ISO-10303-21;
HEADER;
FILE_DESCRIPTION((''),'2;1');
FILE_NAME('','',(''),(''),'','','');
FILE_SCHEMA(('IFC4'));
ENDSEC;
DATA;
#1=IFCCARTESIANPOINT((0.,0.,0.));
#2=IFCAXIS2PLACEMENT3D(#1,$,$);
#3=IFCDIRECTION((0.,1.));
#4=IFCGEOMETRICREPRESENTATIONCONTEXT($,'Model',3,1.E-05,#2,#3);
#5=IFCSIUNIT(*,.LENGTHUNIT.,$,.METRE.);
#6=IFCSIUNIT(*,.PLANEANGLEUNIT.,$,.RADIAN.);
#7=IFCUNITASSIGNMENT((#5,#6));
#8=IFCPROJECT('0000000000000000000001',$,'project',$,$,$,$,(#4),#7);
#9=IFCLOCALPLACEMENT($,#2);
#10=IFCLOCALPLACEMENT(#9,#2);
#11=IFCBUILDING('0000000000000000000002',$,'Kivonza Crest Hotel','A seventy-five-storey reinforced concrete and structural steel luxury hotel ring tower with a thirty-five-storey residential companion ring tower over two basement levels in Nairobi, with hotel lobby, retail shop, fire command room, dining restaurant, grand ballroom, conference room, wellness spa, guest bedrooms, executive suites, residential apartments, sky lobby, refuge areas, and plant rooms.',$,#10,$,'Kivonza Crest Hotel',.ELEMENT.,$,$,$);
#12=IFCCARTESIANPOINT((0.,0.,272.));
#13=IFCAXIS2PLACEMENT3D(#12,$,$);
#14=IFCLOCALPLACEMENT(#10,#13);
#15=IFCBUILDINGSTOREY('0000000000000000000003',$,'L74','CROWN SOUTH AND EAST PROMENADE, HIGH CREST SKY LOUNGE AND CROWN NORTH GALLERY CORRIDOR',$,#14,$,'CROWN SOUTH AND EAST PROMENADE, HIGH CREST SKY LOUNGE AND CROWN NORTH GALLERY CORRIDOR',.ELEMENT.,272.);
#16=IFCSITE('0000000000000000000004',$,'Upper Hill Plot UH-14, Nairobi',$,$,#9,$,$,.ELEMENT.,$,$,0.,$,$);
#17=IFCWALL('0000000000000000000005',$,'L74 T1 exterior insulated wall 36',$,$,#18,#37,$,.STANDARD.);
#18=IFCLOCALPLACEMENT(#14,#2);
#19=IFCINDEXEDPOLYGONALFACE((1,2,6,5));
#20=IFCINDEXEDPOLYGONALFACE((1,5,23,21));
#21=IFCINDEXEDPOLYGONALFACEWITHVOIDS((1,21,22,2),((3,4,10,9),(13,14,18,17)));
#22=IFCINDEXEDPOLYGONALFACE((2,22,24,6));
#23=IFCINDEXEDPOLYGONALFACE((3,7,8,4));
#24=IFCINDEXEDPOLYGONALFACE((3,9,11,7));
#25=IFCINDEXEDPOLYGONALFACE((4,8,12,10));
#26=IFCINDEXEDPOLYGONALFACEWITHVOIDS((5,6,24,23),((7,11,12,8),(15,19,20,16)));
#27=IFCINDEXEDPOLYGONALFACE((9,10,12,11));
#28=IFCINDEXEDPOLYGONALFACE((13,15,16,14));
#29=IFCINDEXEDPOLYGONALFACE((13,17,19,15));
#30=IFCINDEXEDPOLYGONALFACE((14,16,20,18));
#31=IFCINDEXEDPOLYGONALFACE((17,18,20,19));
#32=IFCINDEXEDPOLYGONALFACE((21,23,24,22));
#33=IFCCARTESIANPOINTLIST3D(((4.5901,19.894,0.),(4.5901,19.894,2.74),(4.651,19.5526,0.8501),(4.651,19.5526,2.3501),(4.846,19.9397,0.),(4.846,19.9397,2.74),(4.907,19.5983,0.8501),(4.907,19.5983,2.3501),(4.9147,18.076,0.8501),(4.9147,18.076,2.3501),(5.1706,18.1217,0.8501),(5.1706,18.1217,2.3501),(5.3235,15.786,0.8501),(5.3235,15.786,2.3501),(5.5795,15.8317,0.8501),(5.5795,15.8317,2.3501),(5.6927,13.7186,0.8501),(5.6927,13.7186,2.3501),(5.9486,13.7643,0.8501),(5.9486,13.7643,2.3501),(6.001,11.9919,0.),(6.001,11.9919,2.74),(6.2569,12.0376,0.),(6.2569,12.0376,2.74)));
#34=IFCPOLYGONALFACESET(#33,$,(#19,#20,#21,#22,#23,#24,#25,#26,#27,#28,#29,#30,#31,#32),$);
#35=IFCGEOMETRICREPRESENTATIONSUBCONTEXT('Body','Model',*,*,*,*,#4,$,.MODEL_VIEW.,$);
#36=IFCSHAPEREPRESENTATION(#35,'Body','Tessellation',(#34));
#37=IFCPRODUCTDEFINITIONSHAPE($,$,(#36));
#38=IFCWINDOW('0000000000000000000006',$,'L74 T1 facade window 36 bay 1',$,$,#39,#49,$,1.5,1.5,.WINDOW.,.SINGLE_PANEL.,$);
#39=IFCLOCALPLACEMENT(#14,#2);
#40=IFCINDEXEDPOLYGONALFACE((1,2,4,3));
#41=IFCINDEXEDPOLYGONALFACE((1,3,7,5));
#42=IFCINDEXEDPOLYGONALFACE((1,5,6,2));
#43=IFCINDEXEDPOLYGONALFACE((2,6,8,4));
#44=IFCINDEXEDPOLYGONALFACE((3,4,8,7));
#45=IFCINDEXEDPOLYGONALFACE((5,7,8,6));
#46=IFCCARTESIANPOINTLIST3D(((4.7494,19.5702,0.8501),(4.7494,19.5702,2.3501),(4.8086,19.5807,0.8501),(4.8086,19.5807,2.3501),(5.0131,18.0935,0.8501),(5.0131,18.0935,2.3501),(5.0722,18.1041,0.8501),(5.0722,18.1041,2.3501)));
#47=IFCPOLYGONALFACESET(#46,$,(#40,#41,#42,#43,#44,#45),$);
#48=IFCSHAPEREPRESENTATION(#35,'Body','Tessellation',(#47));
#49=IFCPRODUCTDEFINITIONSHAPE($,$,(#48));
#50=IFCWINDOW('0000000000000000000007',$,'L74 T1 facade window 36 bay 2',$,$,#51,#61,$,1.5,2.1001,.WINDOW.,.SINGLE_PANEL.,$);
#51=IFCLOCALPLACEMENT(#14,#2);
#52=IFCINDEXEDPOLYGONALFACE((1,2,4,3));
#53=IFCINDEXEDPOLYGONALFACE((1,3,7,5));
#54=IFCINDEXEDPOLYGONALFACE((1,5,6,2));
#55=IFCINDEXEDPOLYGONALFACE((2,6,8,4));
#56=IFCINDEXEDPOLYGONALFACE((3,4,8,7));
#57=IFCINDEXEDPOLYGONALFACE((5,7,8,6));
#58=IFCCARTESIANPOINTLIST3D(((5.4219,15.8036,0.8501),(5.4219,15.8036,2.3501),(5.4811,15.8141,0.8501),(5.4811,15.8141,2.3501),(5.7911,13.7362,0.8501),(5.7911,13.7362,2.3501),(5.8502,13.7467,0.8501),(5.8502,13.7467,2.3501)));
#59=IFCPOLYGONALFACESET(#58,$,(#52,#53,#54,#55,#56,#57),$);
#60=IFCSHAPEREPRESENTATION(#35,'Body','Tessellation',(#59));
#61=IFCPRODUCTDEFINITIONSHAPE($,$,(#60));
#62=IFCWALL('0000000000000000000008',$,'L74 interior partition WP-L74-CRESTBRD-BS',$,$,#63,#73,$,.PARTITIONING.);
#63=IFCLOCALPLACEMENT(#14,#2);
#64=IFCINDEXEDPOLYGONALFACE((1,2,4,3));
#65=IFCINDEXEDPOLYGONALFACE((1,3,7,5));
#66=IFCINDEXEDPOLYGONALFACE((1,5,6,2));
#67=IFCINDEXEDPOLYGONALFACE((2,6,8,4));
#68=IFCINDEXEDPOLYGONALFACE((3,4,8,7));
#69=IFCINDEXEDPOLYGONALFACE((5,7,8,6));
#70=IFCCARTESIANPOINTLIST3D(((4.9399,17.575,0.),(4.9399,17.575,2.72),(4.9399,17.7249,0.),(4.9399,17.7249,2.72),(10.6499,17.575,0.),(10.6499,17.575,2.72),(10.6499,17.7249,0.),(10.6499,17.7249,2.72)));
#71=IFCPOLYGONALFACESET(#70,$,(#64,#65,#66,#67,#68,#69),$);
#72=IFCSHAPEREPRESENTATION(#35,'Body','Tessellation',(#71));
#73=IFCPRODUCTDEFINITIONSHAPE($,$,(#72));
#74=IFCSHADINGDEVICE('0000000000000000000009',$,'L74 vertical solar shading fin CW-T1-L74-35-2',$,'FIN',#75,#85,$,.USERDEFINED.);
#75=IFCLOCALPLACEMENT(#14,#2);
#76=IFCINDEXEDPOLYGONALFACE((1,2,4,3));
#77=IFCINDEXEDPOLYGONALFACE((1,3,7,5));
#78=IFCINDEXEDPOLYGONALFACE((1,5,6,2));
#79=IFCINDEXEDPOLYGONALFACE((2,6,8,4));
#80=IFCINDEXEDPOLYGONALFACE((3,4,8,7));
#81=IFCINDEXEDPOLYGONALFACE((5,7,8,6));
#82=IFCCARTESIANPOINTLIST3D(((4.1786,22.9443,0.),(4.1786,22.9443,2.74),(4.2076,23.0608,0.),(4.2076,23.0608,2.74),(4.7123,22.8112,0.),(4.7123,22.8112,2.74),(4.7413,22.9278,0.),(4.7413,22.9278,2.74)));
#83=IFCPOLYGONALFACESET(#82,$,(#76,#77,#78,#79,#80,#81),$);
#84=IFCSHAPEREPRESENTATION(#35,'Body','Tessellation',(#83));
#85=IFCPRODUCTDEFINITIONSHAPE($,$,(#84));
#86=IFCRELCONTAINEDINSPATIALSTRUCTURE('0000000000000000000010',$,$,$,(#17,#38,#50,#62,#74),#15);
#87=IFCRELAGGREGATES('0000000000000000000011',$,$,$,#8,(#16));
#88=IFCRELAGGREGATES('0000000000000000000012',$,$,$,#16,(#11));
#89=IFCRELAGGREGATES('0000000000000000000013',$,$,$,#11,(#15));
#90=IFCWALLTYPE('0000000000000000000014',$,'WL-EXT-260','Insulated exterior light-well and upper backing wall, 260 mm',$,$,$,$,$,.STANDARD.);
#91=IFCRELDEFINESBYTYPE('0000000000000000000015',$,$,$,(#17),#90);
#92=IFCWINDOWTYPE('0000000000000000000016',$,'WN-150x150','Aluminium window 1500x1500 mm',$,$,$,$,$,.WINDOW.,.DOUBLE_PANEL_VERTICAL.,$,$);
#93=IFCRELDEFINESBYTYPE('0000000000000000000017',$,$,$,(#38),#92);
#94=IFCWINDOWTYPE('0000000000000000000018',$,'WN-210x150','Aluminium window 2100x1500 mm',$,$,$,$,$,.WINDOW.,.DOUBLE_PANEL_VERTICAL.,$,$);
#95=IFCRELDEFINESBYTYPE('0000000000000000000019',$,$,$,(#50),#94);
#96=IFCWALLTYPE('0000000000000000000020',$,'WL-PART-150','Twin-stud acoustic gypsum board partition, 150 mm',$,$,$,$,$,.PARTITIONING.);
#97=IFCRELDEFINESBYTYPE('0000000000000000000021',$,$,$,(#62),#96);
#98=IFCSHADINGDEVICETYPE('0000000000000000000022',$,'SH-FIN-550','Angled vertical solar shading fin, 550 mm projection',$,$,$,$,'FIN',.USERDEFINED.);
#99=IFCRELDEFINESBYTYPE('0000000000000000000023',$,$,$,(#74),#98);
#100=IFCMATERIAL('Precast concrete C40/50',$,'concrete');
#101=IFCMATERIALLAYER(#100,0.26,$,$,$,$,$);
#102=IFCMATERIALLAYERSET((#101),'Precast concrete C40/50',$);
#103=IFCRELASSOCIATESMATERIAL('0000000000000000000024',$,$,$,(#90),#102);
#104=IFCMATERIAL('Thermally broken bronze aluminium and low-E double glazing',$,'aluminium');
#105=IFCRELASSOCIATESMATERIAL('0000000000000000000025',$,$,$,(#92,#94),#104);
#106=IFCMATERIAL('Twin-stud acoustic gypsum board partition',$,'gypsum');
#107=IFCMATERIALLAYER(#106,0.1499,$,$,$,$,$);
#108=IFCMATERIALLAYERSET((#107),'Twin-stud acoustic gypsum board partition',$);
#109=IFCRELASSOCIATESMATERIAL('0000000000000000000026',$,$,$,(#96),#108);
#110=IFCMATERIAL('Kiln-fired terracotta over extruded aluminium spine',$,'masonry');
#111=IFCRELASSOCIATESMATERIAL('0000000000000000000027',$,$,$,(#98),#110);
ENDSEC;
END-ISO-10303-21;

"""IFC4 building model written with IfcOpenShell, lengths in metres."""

from ifc_helpers import new_model, si_unit, direction, frame, frame_2d, origin, origin_2d, place, context, subcontext, project, spatial, rectangle, extrude, material, layer, layer_set, type_object, element, fill, save


model = new_model("IFC4")

# Units and contexts
model_context = context("Model", 3, precision=1e-05, world=origin(), true_north=direction((0.0, 1.0)))
body_context = subcontext(model_context, "Body", "Model", "MODEL_VIEW")
ifc_project = project(units=[si_unit("LENGTHUNIT", "METRE"), si_unit("PLANEANGLEUNIT", "RADIAN")], contexts=[model_context])

# Site, building, storey
site_placement = place(None, origin())
site = spatial("IfcSite", under=ifc_project, at=site_placement, Name="Upper Hill Plot UH-14, Nairobi", CompositionType="ELEMENT", RefElevation=0.0)
building_placement = place(site_placement, origin())
building = spatial("IfcBuilding", under=site, at=building_placement, Name="Kivonza Crest Hotel", Description="A seventy-five-storey reinforced concrete and structural steel luxury hotel ring tower with a thirty-five-storey residential companion ring tower over two basement levels in Nairobi, with hotel lobby, retail shop, fire command room, dining restaurant, grand ballroom, conference room, wellness spa, guest bedrooms, executive suites, residential apartments, sky lobby, refuge areas, and plant rooms.", LongName="Kivonza Crest Hotel", CompositionType="ELEMENT")
storey_placement = place(building_placement, frame((0.0, 0.0, 272.0)))
storey = spatial("IfcBuildingStorey", under=building, at=storey_placement, Name="L74", Description="CROWN SOUTH AND EAST PROMENADE, HIGH CREST SKY LOUNGE AND CROWN NORTH GALLERY CORRIDOR", LongName="CROWN SOUTH AND EAST PROMENADE, HIGH CREST SKY LOUNGE AND CROWN NORTH GALLERY CORRIDOR", CompositionType="ELEMENT", Elevation=272.0)

# Shared definitions
ifc_material_1 = material(Name="Precast concrete C40/50", Category="concrete")
ifc_layer_1 = layer(ifc_material_1, 0.26)
ifc_layer_set_1 = layer_set([ifc_layer_1], Name="Precast concrete C40/50")
wall_type_1 = type_object("IfcWallType", Name="WL-EXT-260", Description="Insulated exterior light-well and upper backing wall, 260 mm", PredefinedType="STANDARD", material=ifc_layer_set_1)

# Wall, openings, windows
wall_1_placement = place(storey_placement, frame((4.718, 19.917, 0.0), z_axis=(0.0, 0.0, 1.0), x_axis=(0.175766, -0.984432, 0.0)))
wall_1 = element("IfcWall", 1, at=wall_1_placement, inside=storey, type_object=wall_type_1, Name="L74 T1 exterior insulated wall 36", PredefinedType="STANDARD", context=body_context, shape_type="SweptSolid", body=[
    extrude(rectangle(XDim=8.0271, YDim=0.26, at=frame_2d((4.0137, 0.0))), origin(), (0.0, 0.0, 1.0), 2.74),
])
opening_1_placement = place(wall_1_placement, frame((0.3469, 0.0, 0.8501)))
opening_1 = element("IfcOpeningElement", 2, at=opening_1_placement, cuts=wall_1, PredefinedType="OPENING", context=body_context, shape_type="SweptSolid", body=[
    extrude(rectangle(XDim=1.5, YDim=1.5, at=frame_2d((0.75, 0.75))), frame((0.0, 0.1401, 0.0), z_axis=(0.0, -1.0, 0.0), x_axis=(1.0, 0.0, 0.0)), (0.0, 0.0, 1.0), 0.28),
])
opening_2_placement = place(wall_1_placement, frame((4.1731, 0.0, 0.8501)))
opening_2 = element("IfcOpeningElement", 3, at=opening_2_placement, cuts=wall_1, PredefinedType="OPENING", context=body_context, shape_type="SweptSolid", body=[
    extrude(rectangle(XDim=2.1001, YDim=1.5, at=frame_2d((1.05, 0.75))), frame((0.0, 0.1401, 0.0), z_axis=(0.0, -1.0, 0.0), x_axis=(1.0, 0.0, 0.0)), (0.0, 0.0, 1.0), 0.28),
])
ifc_material_2 = material(Name="Thermally broken bronze aluminium and low-E double glazing", Category="aluminium")
window_type_1 = type_object("IfcWindowType", Name="WN-150x150", Description="Aluminium window 1500x1500 mm", PartitioningType="DOUBLE_PANEL_VERTICAL", PredefinedType="WINDOW", material=ifc_material_2)
window_1_placement = place(opening_1_placement, origin())
window_1 = element("IfcWindow", 4, at=window_1_placement, inside=storey, type_object=window_type_1, Name="L74 T1 facade window 36 bay 1", OverallHeight=1.5, OverallWidth=1.5, PartitioningType="SINGLE_PANEL", PredefinedType="WINDOW", context=body_context, shape_type="SweptSolid", body=[
    extrude(rectangle(XDim=1.5, YDim=1.5, at=frame_2d((0.75, 0.75))), frame((0.0, 0.03, 0.0), z_axis=(0.0, -1.0, 0.0), x_axis=(1.0, 0.0, 0.0)), (0.0, 0.0, 1.0), 0.0601),
])
fill(opening_1, window_1)
window_type_2 = type_object("IfcWindowType", Name="WN-210x150", Description="Aluminium window 2100x1500 mm", PartitioningType="DOUBLE_PANEL_VERTICAL", PredefinedType="WINDOW", material=ifc_material_2)
window_2_placement = place(opening_2_placement, origin())
window_2 = element("IfcWindow", 5, at=window_2_placement, inside=storey, type_object=window_type_2, Name="L74 T1 facade window 36 bay 2", OverallHeight=1.5, OverallWidth=2.1001, PartitioningType="SINGLE_PANEL", PredefinedType="WINDOW", context=body_context, shape_type="SweptSolid", body=[
    extrude(rectangle(XDim=2.1001, YDim=1.5, at=frame_2d((1.05, 0.75))), frame((0.0, 0.03, 0.0), z_axis=(0.0, -1.0, 0.0), x_axis=(1.0, 0.0, 0.0)), (0.0, 0.0, 1.0), 0.0601),
])
fill(opening_2, window_2)

# Wall
ifc_material_3 = material(Name="Twin-stud acoustic gypsum board partition", Category="gypsum")
ifc_layer_2 = layer(ifc_material_3, 0.1499)
ifc_layer_set_2 = layer_set([ifc_layer_2], Name="Twin-stud acoustic gypsum board partition")
wall_type_2 = type_object("IfcWallType", Name="WL-PART-150", Description="Twin-stud acoustic gypsum board partition, 150 mm", PredefinedType="PARTITIONING", material=ifc_layer_set_2)
wall_2_placement = place(storey_placement, frame((4.9399, 17.6499, 0.0), z_axis=(0.0, 0.0, 1.0), x_axis=(1.0, 0.0, 0.0)))
element("IfcWall", 6, at=wall_2_placement, inside=storey, type_object=wall_type_2, Name="L74 interior partition WP-L74-CRESTBRD-BS", PredefinedType="PARTITIONING", context=body_context, shape_type="SweptSolid", body=[
    extrude(rectangle(XDim=5.71, YDim=0.1499, at=frame_2d((2.855, 0.0))), origin(), (0.0, 0.0, 1.0), 2.72),
])

# Shading device
ifc_material_4 = material(Name="Kiln-fired terracotta over extruded aluminium spine", Category="masonry")
shading_device_type = type_object("IfcShadingDeviceType", Name="SH-FIN-550", Description="Angled vertical solar shading fin, 550 mm projection", ElementType="FIN", PredefinedType="USERDEFINED", material=ifc_material_4)
shading_device_placement = place(storey_placement, frame((4.46, 22.936, 0.0), z_axis=(0.0, 0.0, 1.0), x_axis=(-0.241922, -0.970296, 0.0)))
element("IfcShadingDevice", 7, at=shading_device_placement, inside=storey, type_object=shading_device_type, Name="L74 vertical solar shading fin CW-T1-L74-35-2", ObjectType="FIN", PredefinedType="USERDEFINED", context=body_context, shape_type="SweptSolid", body=[
    extrude(rectangle(XDim=0.1201, YDim=0.55, at=origin_2d()), origin(), (0.0, 0.0, 1.0), 2.74),
])

save(model, "model.ifc")
